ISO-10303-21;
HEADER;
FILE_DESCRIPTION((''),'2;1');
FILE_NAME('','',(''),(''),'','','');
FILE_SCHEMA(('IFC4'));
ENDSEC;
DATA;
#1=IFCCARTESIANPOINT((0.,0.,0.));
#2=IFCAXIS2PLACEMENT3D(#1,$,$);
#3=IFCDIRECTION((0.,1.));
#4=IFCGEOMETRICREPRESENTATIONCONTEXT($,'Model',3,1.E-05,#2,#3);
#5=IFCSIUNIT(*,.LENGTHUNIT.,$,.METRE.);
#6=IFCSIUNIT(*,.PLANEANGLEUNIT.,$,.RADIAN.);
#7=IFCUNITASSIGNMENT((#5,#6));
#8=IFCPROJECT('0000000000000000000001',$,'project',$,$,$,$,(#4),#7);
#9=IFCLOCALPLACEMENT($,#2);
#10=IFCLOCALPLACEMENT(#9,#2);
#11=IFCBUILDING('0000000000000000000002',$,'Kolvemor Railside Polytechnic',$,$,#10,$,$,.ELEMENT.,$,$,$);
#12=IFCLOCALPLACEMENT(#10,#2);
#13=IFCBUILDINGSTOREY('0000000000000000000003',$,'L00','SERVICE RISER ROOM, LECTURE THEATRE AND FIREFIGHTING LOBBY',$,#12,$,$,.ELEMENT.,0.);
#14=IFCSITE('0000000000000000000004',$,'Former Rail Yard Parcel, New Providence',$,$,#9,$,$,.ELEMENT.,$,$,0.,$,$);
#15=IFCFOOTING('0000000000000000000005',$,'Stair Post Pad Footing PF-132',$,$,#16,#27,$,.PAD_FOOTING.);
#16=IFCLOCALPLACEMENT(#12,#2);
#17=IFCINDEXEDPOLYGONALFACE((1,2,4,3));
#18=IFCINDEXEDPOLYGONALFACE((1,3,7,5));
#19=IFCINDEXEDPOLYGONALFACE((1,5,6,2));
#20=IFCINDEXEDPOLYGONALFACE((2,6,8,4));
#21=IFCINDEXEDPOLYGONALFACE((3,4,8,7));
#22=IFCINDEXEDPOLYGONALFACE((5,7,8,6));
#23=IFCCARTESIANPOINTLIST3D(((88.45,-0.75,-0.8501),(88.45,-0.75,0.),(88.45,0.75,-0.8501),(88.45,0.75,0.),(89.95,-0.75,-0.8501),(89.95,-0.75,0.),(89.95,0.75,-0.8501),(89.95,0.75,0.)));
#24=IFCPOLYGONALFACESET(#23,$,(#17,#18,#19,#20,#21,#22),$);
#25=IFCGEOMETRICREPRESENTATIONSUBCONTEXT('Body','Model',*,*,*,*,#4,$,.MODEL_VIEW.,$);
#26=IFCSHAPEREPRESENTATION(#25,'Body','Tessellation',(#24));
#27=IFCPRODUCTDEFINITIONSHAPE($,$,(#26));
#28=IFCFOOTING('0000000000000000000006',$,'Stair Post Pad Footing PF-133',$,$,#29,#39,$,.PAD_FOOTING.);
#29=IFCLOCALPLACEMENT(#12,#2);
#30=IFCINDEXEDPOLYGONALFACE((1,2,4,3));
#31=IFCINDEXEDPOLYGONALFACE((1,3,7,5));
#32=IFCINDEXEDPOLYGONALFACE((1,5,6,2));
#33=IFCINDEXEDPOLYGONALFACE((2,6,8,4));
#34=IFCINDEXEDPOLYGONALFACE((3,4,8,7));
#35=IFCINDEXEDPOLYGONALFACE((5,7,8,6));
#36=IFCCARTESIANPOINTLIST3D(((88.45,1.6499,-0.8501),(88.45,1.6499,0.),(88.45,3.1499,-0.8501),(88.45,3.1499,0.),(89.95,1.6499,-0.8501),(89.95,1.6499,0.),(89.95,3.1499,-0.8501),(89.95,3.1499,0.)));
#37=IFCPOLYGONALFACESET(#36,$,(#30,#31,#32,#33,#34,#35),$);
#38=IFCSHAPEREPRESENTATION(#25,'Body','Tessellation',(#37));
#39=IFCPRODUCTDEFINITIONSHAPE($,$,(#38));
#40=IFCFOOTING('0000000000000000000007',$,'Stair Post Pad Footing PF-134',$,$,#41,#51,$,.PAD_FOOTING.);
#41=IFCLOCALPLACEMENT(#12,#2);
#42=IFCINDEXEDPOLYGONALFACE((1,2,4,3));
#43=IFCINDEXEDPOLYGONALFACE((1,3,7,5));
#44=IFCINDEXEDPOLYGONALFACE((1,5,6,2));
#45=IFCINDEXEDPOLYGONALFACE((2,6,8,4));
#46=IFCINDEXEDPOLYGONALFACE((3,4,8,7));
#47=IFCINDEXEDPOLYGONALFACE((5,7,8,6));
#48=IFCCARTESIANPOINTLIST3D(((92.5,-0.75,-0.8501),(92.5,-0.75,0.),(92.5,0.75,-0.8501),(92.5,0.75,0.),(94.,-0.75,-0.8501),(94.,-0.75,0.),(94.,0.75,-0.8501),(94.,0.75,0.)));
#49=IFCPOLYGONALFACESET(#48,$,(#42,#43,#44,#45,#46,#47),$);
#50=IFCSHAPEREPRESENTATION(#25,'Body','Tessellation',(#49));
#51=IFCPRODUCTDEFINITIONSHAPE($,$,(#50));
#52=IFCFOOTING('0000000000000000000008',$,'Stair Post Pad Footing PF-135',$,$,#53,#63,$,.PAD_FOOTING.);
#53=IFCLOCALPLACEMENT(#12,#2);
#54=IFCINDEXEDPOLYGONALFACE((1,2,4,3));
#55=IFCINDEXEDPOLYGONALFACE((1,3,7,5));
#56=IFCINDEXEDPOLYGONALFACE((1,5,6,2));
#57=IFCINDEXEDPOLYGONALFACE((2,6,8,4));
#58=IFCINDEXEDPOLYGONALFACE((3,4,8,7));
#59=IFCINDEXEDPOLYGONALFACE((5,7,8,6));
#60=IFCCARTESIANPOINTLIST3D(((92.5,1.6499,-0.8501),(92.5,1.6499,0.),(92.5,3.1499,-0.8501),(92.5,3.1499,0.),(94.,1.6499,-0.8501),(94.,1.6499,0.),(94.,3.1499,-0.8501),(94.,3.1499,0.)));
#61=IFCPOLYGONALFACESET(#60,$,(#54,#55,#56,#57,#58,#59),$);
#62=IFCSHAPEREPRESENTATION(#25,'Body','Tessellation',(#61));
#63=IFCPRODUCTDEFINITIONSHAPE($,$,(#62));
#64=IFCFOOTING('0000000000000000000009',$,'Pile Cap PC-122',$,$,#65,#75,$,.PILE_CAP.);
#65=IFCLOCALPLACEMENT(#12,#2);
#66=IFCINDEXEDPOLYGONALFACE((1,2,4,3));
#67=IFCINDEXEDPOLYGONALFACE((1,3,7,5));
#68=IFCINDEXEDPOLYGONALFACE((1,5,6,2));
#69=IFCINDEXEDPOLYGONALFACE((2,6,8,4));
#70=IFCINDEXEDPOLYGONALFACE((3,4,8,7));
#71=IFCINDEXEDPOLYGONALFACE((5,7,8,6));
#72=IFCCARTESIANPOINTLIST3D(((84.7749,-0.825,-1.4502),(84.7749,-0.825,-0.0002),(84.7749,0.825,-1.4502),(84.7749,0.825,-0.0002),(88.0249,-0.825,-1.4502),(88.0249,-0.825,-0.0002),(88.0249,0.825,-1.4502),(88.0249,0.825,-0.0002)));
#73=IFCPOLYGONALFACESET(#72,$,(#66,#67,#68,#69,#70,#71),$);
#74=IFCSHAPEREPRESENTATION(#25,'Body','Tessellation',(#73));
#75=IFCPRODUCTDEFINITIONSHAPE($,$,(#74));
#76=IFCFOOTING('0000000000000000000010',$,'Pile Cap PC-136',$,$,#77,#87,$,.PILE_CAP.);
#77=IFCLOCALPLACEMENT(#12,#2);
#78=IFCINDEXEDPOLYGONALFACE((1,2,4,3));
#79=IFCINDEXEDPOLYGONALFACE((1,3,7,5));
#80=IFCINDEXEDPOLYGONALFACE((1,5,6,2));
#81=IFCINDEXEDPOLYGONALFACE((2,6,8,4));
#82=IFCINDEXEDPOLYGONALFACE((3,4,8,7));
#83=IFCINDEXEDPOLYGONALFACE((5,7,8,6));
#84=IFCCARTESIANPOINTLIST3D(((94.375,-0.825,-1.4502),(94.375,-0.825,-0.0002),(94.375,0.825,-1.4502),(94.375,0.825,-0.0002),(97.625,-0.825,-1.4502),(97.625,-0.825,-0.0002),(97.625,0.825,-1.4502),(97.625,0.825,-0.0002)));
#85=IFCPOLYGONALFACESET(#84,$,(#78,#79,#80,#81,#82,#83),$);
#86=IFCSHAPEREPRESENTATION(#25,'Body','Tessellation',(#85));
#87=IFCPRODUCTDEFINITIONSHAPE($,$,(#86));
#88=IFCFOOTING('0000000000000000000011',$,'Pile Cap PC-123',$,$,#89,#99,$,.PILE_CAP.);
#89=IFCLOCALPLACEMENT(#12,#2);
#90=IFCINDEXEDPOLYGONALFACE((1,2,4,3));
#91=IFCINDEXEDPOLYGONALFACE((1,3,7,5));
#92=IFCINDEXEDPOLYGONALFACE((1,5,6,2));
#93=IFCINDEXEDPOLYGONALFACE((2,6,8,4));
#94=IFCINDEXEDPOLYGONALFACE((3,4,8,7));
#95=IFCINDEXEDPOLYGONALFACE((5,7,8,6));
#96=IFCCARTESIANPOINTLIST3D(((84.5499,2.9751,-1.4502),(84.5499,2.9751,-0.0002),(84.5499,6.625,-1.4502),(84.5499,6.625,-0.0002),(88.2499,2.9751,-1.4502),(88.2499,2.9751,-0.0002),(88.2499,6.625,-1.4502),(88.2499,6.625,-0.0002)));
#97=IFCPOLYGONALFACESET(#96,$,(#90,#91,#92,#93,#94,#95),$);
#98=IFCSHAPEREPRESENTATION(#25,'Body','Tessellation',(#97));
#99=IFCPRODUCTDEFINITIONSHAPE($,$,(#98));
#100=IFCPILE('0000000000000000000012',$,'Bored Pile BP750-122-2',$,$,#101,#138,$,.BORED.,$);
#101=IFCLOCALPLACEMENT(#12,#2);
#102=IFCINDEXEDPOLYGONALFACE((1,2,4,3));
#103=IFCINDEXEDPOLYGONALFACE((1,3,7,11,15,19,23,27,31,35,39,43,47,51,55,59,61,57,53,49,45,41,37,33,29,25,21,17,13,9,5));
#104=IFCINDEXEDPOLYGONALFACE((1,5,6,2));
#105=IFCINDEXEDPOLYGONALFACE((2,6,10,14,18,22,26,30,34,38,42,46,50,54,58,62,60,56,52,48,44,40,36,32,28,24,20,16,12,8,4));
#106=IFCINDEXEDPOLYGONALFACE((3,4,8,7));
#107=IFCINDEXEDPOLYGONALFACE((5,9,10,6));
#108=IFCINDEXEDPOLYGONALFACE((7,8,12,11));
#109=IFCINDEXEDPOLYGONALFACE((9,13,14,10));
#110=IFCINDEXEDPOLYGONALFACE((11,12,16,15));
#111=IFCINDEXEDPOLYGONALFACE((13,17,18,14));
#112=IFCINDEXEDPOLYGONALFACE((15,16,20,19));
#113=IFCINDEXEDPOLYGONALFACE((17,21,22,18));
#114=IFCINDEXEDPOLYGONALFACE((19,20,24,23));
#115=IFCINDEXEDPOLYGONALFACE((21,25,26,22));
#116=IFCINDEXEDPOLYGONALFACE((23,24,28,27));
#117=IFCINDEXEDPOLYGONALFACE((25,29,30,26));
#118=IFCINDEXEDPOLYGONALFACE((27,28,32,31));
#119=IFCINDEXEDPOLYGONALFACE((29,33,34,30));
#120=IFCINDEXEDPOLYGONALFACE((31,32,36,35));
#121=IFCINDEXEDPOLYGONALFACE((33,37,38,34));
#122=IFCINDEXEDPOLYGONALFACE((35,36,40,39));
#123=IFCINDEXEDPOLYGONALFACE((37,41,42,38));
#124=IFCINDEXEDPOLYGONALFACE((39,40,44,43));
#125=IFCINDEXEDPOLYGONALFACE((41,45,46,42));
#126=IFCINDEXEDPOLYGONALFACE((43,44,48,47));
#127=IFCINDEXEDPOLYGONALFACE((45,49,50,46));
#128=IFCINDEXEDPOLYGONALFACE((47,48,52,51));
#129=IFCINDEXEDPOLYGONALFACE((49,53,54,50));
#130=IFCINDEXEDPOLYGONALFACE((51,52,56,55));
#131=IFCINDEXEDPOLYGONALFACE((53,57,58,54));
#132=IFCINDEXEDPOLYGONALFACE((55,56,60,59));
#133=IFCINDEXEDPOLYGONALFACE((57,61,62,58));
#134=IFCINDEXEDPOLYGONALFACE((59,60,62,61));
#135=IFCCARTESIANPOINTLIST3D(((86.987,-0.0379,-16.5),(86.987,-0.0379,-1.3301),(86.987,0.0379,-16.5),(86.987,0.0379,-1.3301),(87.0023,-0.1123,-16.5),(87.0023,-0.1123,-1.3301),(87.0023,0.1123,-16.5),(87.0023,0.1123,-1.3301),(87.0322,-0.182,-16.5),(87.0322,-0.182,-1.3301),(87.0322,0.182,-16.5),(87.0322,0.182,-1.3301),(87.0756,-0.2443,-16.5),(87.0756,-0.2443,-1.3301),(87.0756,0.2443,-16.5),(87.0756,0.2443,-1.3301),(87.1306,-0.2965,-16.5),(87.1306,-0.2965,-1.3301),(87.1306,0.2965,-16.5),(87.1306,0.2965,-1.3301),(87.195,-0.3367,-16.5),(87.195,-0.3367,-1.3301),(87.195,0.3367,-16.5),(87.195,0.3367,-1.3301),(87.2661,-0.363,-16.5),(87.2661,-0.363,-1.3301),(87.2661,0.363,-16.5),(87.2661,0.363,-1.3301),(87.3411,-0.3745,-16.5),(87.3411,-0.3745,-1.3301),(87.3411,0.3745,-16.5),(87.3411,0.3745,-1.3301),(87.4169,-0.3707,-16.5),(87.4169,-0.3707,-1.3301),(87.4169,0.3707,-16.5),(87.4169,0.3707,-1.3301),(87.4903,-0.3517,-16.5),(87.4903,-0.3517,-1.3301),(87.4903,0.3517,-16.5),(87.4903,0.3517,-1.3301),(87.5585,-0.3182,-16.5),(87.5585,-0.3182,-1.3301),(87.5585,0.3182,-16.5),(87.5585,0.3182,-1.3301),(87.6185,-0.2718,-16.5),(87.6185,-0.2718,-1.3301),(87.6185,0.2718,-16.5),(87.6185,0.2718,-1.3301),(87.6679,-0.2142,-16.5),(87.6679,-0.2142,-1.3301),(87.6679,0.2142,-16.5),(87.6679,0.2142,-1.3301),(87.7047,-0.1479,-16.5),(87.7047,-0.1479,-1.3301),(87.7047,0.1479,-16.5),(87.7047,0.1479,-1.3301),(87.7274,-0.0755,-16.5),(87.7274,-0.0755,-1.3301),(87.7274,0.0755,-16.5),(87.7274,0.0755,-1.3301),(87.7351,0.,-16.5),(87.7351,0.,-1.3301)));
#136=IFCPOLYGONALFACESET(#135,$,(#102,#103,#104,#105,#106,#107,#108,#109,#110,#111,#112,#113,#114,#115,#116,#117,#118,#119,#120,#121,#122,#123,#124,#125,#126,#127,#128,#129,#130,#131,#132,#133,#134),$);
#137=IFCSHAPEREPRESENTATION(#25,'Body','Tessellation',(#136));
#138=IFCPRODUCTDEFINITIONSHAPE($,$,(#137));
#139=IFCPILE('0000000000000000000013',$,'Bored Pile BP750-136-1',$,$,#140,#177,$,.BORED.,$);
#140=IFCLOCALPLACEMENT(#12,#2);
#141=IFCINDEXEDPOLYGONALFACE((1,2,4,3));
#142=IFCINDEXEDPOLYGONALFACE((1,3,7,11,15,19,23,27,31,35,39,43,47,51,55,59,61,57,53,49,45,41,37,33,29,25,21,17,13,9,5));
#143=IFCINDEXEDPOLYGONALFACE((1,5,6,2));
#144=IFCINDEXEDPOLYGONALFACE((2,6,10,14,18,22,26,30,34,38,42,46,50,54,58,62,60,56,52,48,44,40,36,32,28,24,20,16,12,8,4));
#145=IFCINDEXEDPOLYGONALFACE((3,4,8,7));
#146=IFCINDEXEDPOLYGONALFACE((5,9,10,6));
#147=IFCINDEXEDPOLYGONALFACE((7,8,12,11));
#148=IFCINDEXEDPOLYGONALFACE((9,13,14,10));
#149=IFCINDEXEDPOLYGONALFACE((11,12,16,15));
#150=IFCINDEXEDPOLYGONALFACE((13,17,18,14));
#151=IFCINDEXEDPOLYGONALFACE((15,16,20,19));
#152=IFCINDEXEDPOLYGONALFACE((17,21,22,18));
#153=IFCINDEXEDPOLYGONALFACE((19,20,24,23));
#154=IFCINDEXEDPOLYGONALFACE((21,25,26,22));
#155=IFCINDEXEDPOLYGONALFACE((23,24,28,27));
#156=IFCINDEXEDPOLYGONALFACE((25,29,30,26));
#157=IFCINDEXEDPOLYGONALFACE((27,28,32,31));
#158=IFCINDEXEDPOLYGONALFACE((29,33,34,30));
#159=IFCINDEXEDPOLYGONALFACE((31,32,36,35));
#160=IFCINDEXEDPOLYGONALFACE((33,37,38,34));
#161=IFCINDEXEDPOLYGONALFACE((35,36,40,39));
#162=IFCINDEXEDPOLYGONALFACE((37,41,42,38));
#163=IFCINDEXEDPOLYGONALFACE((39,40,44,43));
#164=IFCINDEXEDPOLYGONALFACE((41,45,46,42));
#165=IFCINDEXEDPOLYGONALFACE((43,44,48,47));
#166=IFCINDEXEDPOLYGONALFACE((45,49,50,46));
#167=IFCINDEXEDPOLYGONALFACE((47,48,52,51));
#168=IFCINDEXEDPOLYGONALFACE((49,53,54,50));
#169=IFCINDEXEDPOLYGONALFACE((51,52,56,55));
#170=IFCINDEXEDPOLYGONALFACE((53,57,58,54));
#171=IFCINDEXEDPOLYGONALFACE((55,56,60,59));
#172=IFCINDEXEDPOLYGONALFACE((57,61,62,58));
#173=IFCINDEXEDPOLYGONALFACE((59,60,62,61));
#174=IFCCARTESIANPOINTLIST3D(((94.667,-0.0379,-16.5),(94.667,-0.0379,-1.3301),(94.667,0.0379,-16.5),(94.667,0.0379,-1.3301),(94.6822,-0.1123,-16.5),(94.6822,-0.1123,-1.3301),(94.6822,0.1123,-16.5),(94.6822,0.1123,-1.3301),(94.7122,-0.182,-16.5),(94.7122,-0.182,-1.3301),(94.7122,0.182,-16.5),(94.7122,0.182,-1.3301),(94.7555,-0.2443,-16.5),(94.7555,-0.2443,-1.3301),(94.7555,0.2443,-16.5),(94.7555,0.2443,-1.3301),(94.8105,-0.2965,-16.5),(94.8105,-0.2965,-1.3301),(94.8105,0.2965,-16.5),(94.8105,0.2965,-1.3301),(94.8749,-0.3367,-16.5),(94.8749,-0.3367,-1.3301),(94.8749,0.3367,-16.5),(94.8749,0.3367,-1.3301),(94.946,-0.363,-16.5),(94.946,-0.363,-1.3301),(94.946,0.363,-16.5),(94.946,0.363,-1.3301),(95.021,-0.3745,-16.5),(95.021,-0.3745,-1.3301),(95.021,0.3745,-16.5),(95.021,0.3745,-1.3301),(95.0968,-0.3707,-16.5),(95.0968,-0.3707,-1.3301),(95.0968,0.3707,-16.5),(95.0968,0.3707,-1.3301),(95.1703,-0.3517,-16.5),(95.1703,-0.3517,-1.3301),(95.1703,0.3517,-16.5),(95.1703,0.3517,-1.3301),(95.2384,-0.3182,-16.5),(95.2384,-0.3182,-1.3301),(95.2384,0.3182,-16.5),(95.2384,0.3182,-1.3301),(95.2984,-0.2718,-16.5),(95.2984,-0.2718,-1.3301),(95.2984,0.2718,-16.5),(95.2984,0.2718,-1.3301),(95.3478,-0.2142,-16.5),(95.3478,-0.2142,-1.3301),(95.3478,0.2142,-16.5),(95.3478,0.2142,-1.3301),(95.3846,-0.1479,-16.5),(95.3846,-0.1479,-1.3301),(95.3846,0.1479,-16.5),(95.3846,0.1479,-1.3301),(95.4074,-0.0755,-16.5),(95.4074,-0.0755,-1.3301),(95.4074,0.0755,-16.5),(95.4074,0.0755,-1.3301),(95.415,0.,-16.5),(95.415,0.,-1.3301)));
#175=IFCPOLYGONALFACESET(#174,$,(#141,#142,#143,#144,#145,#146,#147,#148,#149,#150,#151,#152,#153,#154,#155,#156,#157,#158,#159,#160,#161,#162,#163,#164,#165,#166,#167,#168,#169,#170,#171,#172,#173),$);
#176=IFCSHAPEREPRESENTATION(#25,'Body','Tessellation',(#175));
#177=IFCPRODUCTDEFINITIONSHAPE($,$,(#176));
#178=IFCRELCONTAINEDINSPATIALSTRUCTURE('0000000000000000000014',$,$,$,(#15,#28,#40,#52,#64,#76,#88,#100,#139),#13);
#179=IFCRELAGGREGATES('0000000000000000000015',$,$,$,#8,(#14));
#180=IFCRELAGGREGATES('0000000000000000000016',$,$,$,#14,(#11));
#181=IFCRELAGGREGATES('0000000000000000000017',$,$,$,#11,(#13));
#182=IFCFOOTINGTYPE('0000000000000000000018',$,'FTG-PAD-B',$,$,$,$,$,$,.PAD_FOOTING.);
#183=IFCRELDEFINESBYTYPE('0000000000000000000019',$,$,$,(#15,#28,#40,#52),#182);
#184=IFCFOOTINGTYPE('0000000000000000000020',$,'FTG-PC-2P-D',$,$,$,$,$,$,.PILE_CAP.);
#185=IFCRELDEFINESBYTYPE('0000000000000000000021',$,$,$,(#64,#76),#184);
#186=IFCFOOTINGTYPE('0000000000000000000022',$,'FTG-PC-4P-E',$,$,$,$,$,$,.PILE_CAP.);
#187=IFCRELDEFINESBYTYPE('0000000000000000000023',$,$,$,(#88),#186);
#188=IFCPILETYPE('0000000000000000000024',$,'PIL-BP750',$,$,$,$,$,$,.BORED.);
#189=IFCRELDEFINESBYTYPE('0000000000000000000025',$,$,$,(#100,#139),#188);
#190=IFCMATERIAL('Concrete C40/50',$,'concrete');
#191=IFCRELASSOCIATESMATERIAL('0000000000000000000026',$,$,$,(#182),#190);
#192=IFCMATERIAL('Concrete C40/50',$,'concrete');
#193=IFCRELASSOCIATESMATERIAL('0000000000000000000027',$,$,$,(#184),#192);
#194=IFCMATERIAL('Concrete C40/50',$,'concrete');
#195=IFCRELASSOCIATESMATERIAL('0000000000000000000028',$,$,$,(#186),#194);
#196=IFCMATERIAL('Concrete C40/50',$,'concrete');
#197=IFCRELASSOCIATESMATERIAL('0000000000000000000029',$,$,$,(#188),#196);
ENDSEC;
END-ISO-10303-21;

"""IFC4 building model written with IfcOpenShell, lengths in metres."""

from ifc_helpers import new_model, si_unit, direction, frame, origin, origin_2d, place, context, subcontext, project, spatial, rectangle, circle, extrude, material, material_profile, profile_set, type_object, element, save


model = new_model("IFC4")

# Units and contexts
model_context = context("Model", 3, precision=1e-05, world=origin(), true_north=direction((0.0, 1.0)))
body_context = subcontext(model_context, "Body", "Model", "MODEL_VIEW")
ifc_project = project(units=[si_unit("LENGTHUNIT", "METRE"), si_unit("PLANEANGLEUNIT", "RADIAN")], contexts=[model_context])

# Site, building, storey
site_placement = place(None, origin())
site = spatial("IfcSite", under=ifc_project, at=site_placement, Name="Former Rail Yard Parcel, New Providence", CompositionType="ELEMENT", RefElevation=0.0)
building_placement = place(site_placement, origin())
building = spatial("IfcBuilding", under=site, at=building_placement, Name="Kolvemor Railside Polytechnic", CompositionType="ELEMENT")
storey_placement = place(building_placement, origin())
storey = spatial("IfcBuildingStorey", under=building, at=storey_placement, Name="L00", Description="SERVICE RISER ROOM, LECTURE THEATRE AND FIREFIGHTING LOBBY", CompositionType="ELEMENT", Elevation=0.0)

# Footings
ifc_material_1 = material(Name="Concrete C40/50", Category="concrete")
footing_type_1 = type_object("IfcFootingType", Name="FTG-PAD-B", PredefinedType="PAD_FOOTING", material=ifc_material_1)
for number, where, z_axis, x_axis, name in (
    (1, (89.2, 0.0, -0.8501), (0.0, 0.0, 1.0), (1.0, 0.0, 0.0), "Stair Post Pad Footing PF-132"),
    (2, (89.2, 2.3999, -0.8501), (0.0, 0.0, 1.0), (1.0, 0.0, 0.0), "Stair Post Pad Footing PF-133"),
    (3, (93.25, 0.0, -0.8501), (0.0, 0.0, 1.0), (1.0, 0.0, 0.0), "Stair Post Pad Footing PF-134"),
    (4, (93.25, 2.3999, -0.8501), (0.0, 0.0, 1.0), (1.0, 0.0, 0.0), "Stair Post Pad Footing PF-135"),
):
    element("IfcFooting", number, at=place(storey_placement, frame(where, z_axis=z_axis, x_axis=x_axis)), inside=storey, type_object=footing_type_1, Name=name, PredefinedType="PAD_FOOTING", context=body_context, shape_type="SweptSolid", body=[
        extrude(rectangle(XDim=1.5, YDim=1.5, at=origin_2d()), origin(), (0.0, 0.0, 1.0), 0.8501),
    ])
ifc_material_2 = material(Name="Concrete C40/50", Category="concrete")
footing_type_2 = type_object("IfcFootingType", Name="FTG-PC-2P-D", PredefinedType="PILE_CAP", material=ifc_material_2)
for number, where, z_axis, x_axis, name in (
    (5, (86.3999, 0.0, -1.4502), (0.0, 0.0, 1.0), (1.0, 0.0, 0.0), "Pile Cap PC-122"),
    (6, (96.0, 0.0, -1.4502), (0.0, 0.0, 1.0), (1.0, 0.0, 0.0), "Pile Cap PC-136"),
):
    element("IfcFooting", number, at=place(storey_placement, frame(where, z_axis=z_axis, x_axis=x_axis)), inside=storey, type_object=footing_type_2, Name=name, PredefinedType="PILE_CAP", context=body_context, shape_type="SweptSolid", body=[
        extrude(rectangle(XDim=3.25, YDim=1.6499, at=origin_2d()), origin(), (0.0, 0.0, 1.0), 1.45),
    ])
ifc_material_3 = material(Name="Concrete C40/50", Category="concrete")
footing_type_3 = type_object("IfcFootingType", Name="FTG-PC-4P-E", PredefinedType="PILE_CAP", material=ifc_material_3)
footing_placement = place(storey_placement, frame((86.3999, 4.8, -1.4502), z_axis=(0.0, 0.0, 1.0), x_axis=(1.0, 0.0, 0.0)))
element("IfcFooting", 7, at=footing_placement, inside=storey, type_object=footing_type_3, Name="Pile Cap PC-123", PredefinedType="PILE_CAP", context=body_context, shape_type="SweptSolid", body=[
    extrude(rectangle(XDim=3.7, YDim=3.6499, at=origin_2d()), origin(), (0.0, 0.0, 1.0), 1.45),
])

# Piles
ifc_material_4 = material(Name="Concrete C40/50", Category="concrete")
ifc_material_profile_1 = material_profile(ifc_material_4, circle(Radius=0.375, at=origin_2d()), Name="BP750")
ifc_profile_set_1 = profile_set([ifc_material_profile_1], Name="Concrete C40/50")
pile_type_1 = type_object("IfcPileType", Name="PIL-BP750", PredefinedType="BORED", material=ifc_profile_set_1)
for number, where, z_axis, x_axis, name in (
    (8, (87.3601, 0.0, -1.3301), (0.0, 0.0, -1.0), (1.0, 0.0, 0.0), "Bored Pile BP750-122-2"),
    (9, (95.04, 0.0, -1.3301), (0.0, 0.0, -1.0), (1.0, 0.0, 0.0), "Bored Pile BP750-136-1"),
):
    element("IfcPile", number, at=place(storey_placement, frame(where, z_axis=z_axis, x_axis=x_axis)), inside=storey, type_object=pile_type_1, Name=name, PredefinedType="BORED", context=body_context, shape_type="SweptSolid", body=[
        extrude(circle(Radius=0.375, at=origin_2d()), origin(), (0.0, 0.0, 1.0), 15.1699),
    ])

save(model, "model.ifc")
